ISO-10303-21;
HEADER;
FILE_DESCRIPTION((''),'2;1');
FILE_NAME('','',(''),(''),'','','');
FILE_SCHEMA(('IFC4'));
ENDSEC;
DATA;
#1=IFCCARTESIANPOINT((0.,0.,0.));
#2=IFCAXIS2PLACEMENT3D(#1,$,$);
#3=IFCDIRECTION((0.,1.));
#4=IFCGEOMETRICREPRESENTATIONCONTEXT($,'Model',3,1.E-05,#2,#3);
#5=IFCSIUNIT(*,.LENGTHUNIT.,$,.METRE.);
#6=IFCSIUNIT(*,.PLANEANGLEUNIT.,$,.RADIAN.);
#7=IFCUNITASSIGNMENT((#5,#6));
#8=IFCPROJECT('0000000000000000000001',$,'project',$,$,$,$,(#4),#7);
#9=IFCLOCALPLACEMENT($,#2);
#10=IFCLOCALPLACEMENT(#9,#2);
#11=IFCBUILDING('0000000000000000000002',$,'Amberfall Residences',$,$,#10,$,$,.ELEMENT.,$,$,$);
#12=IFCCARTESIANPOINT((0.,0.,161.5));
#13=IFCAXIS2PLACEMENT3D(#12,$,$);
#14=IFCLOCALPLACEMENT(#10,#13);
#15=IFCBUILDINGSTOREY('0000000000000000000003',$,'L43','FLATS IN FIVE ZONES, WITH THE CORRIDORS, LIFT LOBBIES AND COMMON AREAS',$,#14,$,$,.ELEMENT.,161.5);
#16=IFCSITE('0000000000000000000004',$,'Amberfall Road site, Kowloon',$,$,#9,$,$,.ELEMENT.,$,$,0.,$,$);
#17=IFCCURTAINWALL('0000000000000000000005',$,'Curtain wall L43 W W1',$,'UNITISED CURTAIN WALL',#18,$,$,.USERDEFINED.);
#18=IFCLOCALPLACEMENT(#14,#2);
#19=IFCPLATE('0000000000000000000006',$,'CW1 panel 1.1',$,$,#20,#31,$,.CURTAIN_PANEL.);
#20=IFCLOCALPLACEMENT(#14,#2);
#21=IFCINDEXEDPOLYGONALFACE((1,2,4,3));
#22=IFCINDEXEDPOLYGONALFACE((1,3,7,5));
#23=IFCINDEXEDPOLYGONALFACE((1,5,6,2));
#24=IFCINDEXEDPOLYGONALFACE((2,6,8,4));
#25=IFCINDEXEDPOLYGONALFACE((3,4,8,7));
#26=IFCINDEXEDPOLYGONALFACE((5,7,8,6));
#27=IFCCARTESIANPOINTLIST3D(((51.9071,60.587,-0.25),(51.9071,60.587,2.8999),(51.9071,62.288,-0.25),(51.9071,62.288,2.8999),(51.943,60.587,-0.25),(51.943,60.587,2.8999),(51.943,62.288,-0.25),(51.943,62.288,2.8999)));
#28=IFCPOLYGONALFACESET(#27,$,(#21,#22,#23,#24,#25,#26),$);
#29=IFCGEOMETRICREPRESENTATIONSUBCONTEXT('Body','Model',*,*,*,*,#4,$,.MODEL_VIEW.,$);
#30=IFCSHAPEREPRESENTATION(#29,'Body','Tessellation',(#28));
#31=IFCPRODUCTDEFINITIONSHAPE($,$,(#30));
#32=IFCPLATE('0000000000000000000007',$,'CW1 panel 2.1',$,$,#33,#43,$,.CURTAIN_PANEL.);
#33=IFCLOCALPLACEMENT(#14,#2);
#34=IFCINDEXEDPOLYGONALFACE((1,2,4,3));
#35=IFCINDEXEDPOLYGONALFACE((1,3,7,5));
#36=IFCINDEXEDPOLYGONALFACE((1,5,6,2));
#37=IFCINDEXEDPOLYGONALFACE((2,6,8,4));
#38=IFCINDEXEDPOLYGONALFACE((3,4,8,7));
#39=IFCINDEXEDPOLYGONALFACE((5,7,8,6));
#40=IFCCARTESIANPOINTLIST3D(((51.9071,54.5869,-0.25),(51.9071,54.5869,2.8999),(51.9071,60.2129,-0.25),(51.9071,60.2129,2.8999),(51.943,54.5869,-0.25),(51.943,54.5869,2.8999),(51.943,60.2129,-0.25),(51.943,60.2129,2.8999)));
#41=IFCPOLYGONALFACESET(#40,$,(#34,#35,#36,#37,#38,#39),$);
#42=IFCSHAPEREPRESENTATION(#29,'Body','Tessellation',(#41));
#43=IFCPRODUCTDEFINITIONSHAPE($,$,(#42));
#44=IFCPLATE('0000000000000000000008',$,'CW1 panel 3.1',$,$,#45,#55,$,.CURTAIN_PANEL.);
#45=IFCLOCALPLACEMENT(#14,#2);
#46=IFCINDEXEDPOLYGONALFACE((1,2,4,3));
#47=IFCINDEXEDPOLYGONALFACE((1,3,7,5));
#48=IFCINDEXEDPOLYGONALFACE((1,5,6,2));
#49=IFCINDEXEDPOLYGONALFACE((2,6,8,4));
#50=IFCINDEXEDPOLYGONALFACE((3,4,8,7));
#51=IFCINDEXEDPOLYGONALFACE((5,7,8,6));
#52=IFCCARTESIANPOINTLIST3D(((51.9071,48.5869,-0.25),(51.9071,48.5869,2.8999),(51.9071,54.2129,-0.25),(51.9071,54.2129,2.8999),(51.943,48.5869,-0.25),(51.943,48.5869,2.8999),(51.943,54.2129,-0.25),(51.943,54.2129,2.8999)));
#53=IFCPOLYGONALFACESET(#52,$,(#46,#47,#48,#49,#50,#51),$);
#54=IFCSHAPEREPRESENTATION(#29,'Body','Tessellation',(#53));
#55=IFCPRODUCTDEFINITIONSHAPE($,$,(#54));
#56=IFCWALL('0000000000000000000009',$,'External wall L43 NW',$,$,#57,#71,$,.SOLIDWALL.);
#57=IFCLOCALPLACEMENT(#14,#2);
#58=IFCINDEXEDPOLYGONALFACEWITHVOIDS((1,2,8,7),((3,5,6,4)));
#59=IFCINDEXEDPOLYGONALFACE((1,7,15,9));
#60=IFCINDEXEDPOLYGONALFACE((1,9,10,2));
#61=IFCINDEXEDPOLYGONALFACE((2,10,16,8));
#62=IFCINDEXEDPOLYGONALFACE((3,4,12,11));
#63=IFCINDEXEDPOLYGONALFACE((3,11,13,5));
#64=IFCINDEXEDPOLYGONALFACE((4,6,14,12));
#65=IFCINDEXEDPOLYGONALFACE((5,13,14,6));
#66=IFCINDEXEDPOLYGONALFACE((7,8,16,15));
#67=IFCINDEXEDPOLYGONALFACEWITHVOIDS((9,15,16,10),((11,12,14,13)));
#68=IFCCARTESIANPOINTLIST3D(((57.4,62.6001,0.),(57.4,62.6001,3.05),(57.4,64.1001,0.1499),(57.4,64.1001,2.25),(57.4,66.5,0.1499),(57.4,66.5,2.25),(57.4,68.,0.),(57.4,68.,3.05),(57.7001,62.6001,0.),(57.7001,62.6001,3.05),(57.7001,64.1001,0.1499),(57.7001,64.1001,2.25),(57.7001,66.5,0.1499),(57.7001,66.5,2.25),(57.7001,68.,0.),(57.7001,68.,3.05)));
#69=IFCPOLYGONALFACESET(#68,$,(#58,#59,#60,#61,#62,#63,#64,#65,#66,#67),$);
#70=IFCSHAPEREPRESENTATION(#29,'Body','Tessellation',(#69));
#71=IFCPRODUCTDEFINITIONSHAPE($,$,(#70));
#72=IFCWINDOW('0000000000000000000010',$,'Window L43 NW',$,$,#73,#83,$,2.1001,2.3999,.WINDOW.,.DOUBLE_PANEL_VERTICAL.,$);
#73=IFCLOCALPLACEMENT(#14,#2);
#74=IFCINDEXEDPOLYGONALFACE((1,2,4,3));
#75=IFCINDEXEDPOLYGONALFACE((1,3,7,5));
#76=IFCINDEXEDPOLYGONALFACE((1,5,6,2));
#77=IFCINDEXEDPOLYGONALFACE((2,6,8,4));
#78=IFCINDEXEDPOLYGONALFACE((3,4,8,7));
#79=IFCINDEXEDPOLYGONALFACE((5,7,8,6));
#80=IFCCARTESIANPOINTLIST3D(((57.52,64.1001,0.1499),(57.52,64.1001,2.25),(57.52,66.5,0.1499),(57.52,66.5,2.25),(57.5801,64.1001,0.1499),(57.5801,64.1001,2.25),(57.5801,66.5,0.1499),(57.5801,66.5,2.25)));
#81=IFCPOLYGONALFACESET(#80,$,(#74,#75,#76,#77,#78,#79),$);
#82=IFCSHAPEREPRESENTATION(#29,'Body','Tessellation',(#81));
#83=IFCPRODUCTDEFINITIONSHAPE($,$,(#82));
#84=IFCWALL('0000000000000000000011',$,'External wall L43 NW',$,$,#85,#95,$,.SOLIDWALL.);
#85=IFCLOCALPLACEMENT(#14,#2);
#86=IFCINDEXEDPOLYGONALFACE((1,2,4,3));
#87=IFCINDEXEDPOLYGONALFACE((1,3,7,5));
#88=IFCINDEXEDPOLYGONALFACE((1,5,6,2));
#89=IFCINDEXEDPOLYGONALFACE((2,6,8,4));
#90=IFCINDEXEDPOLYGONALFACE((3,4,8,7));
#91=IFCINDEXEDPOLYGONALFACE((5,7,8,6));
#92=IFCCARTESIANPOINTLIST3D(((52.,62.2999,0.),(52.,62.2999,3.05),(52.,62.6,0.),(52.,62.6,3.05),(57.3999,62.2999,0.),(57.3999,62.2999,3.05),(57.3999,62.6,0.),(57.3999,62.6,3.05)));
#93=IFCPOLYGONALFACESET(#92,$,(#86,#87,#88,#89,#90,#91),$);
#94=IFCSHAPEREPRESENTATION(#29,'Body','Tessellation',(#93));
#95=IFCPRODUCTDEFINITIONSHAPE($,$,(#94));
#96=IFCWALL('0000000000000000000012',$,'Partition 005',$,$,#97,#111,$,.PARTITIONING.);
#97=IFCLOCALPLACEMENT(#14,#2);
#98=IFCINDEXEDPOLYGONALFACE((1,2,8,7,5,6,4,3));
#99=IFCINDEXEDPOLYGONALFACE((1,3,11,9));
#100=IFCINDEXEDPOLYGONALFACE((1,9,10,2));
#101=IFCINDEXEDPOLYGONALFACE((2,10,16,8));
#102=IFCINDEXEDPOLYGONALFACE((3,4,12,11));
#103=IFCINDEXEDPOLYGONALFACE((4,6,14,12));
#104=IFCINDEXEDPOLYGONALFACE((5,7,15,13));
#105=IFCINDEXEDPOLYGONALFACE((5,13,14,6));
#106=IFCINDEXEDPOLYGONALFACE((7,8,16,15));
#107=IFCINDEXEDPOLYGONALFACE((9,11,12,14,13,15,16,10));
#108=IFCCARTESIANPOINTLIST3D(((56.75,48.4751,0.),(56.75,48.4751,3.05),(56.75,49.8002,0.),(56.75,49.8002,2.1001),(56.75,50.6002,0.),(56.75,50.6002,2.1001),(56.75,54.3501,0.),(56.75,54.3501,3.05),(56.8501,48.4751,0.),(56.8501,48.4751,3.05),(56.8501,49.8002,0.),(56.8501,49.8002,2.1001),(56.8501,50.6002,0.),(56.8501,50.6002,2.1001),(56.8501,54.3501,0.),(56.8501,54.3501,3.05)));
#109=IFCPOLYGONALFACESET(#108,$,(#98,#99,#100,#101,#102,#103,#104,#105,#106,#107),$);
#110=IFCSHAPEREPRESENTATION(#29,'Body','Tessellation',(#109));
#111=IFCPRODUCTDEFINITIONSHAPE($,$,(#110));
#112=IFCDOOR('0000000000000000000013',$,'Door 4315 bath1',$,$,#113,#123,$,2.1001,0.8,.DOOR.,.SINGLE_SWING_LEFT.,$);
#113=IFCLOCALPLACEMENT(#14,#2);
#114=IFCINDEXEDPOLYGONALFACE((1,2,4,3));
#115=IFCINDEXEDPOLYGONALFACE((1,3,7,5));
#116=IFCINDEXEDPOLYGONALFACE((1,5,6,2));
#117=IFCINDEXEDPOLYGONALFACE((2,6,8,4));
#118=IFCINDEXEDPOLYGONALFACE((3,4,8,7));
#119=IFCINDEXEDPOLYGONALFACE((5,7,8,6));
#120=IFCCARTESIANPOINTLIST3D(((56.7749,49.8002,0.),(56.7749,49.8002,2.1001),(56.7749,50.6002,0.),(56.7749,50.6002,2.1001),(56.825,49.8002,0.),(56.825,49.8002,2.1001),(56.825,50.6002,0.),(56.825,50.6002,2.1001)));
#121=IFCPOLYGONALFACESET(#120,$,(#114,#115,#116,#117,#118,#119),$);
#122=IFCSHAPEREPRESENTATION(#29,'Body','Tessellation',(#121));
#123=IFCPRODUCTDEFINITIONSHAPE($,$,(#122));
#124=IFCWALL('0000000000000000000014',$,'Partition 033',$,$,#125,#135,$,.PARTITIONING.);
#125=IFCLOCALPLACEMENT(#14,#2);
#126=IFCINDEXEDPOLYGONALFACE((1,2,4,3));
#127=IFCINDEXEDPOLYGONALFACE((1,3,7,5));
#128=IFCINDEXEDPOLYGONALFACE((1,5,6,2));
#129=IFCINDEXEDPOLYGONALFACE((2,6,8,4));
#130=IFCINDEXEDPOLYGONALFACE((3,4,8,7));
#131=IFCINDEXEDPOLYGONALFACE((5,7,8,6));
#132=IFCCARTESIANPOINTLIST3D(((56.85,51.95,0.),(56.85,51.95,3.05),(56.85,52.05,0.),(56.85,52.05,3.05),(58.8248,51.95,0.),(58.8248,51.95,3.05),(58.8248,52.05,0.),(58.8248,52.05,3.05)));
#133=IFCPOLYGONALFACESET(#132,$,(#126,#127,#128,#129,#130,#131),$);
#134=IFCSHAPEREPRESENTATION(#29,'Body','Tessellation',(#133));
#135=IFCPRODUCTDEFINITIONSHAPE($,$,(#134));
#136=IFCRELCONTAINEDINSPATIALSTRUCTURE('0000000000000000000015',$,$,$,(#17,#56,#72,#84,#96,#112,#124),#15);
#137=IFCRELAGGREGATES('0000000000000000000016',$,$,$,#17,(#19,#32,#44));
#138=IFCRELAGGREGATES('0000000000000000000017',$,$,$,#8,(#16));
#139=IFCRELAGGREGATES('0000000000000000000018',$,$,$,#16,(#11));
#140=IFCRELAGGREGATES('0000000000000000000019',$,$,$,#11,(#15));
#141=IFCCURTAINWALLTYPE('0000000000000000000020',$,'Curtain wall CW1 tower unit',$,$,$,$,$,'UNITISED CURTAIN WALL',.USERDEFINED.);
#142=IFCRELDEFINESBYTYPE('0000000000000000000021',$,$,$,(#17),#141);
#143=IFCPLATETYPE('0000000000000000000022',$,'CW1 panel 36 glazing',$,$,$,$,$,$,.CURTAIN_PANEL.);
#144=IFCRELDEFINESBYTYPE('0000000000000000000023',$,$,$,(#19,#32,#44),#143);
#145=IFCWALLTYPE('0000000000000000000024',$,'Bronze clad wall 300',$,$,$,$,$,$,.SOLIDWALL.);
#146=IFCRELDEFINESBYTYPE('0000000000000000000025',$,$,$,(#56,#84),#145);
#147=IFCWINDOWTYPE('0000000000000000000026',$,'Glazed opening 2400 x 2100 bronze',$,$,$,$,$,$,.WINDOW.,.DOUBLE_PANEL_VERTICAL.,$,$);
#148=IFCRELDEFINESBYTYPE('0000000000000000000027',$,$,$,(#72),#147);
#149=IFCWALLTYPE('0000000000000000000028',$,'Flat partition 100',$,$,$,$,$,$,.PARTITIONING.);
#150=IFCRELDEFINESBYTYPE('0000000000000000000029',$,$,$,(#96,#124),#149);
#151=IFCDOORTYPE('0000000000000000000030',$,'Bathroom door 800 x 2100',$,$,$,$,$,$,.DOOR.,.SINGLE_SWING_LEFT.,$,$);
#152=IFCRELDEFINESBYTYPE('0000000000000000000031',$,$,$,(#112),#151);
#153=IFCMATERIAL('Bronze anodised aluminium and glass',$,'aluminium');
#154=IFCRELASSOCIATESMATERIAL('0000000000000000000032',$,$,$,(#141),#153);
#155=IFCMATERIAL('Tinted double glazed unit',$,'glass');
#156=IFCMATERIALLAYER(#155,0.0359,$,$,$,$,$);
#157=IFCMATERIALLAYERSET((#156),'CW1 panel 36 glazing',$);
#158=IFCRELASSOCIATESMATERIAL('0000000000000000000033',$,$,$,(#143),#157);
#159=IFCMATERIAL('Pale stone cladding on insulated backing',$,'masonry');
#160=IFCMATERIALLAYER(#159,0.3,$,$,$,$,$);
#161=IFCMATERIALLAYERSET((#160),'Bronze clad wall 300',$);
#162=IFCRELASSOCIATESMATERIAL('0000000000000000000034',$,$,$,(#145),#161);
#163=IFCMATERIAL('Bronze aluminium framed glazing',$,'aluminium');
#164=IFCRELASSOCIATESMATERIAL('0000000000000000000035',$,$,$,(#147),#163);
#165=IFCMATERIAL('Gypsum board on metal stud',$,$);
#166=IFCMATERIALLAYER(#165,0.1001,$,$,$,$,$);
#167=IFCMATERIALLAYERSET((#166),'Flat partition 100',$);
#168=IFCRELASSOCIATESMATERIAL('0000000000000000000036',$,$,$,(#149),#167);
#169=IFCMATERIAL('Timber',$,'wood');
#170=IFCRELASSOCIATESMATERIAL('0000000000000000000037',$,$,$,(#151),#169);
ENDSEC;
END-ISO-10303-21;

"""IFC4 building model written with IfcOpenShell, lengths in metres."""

from ifc_helpers import new_model, si_unit, direction, frame, frame_2d, origin, origin_2d, place, context, subcontext, project, spatial, rectangle, extrude, material, layer, layer_set, type_object, element, fill, aggregate, save


model = new_model("IFC4")

# Units and contexts
model_context = context("Model", 3, precision=1e-05, world=origin(), true_north=direction((0.0, 1.0)))
body_context = subcontext(model_context, "Body", "Model", "MODEL_VIEW")
ifc_project = project(units=[si_unit("LENGTHUNIT", "METRE"), si_unit("PLANEANGLEUNIT", "RADIAN")], contexts=[model_context])

# Site, building, storey
site_placement = place(None, origin())
site = spatial("IfcSite", under=ifc_project, at=site_placement, Name="Amberfall Road site, Kowloon", CompositionType="ELEMENT", RefElevation=0.0)
building_placement = place(site_placement, origin())
building = spatial("IfcBuilding", under=site, at=building_placement, Name="Amberfall Residences", CompositionType="ELEMENT")
storey_placement = place(building_placement, frame((0.0, 0.0, 161.5)))
storey = spatial("IfcBuildingStorey", under=building, at=storey_placement, Name="L43", Description="FLATS IN FIVE ZONES, WITH THE CORRIDORS, LIFT LOBBIES AND COMMON AREAS", CompositionType="ELEMENT", Elevation=161.5)

# Curtain wall
ifc_material_1 = material(Name="Bronze anodised aluminium and glass", Category="aluminium")
curtain_wall_type = type_object("IfcCurtainWallType", Name="Curtain wall CW1 tower unit", ElementType="UNITISED CURTAIN WALL", PredefinedType="USERDEFINED", material=ifc_material_1)
curtain_wall_1_placement = place(storey_placement, origin())
curtain_wall_1 = element("IfcCurtainWall", 1, at=curtain_wall_1_placement, inside=storey, type_object=curtain_wall_type, Name="Curtain wall L43 W W1", ObjectType="UNITISED CURTAIN WALL", PredefinedType="USERDEFINED")

# Plates
ifc_material_2 = material(Name="Tinted double glazed unit", Category="glass")
ifc_layer_1 = layer(ifc_material_2, 0.0359)
ifc_layer_set_1 = layer_set([ifc_layer_1], Name="CW1 panel 36 glazing")
plate_type = type_object("IfcPlateType", Name="CW1 panel 36 glazing", PredefinedType="CURTAIN_PANEL", material=ifc_layer_set_1)
plate_1_placement = place(storey_placement, frame((51.925, 61.4375, -0.25), z_axis=(0.0, 0.0, 1.0), x_axis=(0.0, -1.0, 0.0)))
plate_1 = element("IfcPlate", 2, at=plate_1_placement, type_object=plate_type, Name="CW1 panel 1.1", PredefinedType="CURTAIN_PANEL", context=body_context, shape_type="SweptSolid", body=[
    extrude(rectangle(XDim=1.7009, YDim=0.0359, at=origin_2d()), origin(), (0.0, 0.0, 1.0), 3.1499),
])
plate_2_placement = place(storey_placement, frame((51.925, 57.3999, -0.25), z_axis=(0.0, 0.0, 1.0), x_axis=(0.0, -1.0, 0.0)))
plate_2 = element("IfcPlate", 3, at=plate_2_placement, type_object=plate_type, Name="CW1 panel 2.1", PredefinedType="CURTAIN_PANEL", context=body_context, shape_type="SweptSolid", body=[
    extrude(rectangle(XDim=5.626, YDim=0.0359, at=origin_2d()), origin(), (0.0, 0.0, 1.0), 3.1499),
])
plate_3_placement = place(storey_placement, frame((51.925, 51.3999, -0.25), z_axis=(0.0, 0.0, 1.0), x_axis=(0.0, -1.0, 0.0)))
plate_3 = element("IfcPlate", 4, at=plate_3_placement, type_object=plate_type, Name="CW1 panel 3.1", PredefinedType="CURTAIN_PANEL", context=body_context, shape_type="SweptSolid", body=[
    extrude(rectangle(XDim=5.626, YDim=0.0359, at=origin_2d()), origin(), (0.0, 0.0, 1.0), 3.1499),
])
aggregate(curtain_wall_1, [plate_1, plate_2, plate_3])

# Wall, opening, window
ifc_material_3 = material(Name="Pale stone cladding on insulated backing", Category="masonry")
ifc_layer_2 = layer(ifc_material_3, 0.3)
ifc_layer_set_2 = layer_set([ifc_layer_2], Name="Bronze clad wall 300")
wall_type_1 = type_object("IfcWallType", Name="Bronze clad wall 300", PredefinedType="SOLIDWALL", material=ifc_layer_set_2)
wall_1_placement = place(storey_placement, frame((57.55, 68.0, 0.0), z_axis=(0.0, 0.0, 1.0), x_axis=(0.0, -1.0, 0.0)))
wall_1 = element("IfcWall", 5, at=wall_1_placement, inside=storey, type_object=wall_type_1, Name="External wall L43 NW", PredefinedType="SOLIDWALL", context=body_context, shape_type="SweptSolid", body=[
    extrude(rectangle(XDim=5.3999, YDim=0.3, at=frame_2d((2.7, 0.0))), origin(), (0.0, 0.0, 1.0), 3.05),
])
opening_1_placement = place(wall_1_placement, frame((1.5, 0.0, 0.1499)))
opening_1 = element("IfcOpeningElement", 6, at=opening_1_placement, cuts=wall_1, PredefinedType="OPENING", context=body_context, shape_type="SweptSolid", body=[
    extrude(rectangle(XDim=2.3999, YDim=2.1001, at=frame_2d((1.2, 1.05))), frame((0.0, 0.1599, 0.0), z_axis=(0.0, -1.0, 0.0), x_axis=(1.0, 0.0, 0.0)), (0.0, 0.0, 1.0), 0.3201),
])
ifc_material_4 = material(Name="Bronze aluminium framed glazing", Category="aluminium")
window_type = type_object("IfcWindowType", Name="Glazed opening 2400 x 2100 bronze", PartitioningType="DOUBLE_PANEL_VERTICAL", PredefinedType="WINDOW", material=ifc_material_4)
window_placement = place(opening_1_placement, origin())
window = element("IfcWindow", 7, at=window_placement, inside=storey, type_object=window_type, Name="Window L43 NW", OverallHeight=2.1001, OverallWidth=2.3999, PartitioningType="DOUBLE_PANEL_VERTICAL", PredefinedType="WINDOW", context=body_context, shape_type="SweptSolid", body=[
    extrude(rectangle(XDim=2.3999, YDim=2.1001, at=frame_2d((1.2, 1.05))), frame((0.0, 0.03, 0.0), z_axis=(0.0, -1.0, 0.0), x_axis=(1.0, 0.0, 0.0)), (0.0, 0.0, 1.0), 0.0601),
])
fill(opening_1, window)

# Wall
wall_2_placement = place(storey_placement, frame((57.3999, 62.45, 0.0), z_axis=(0.0, 0.0, 1.0), x_axis=(-1.0, 0.0, 0.0)))
element("IfcWall", 8, at=wall_2_placement, inside=storey, type_object=wall_type_1, Name="External wall L43 NW", PredefinedType="SOLIDWALL", context=body_context, shape_type="SweptSolid", body=[
    extrude(rectangle(XDim=5.3999, YDim=0.3, at=frame_2d((2.7, 0.0))), origin(), (0.0, 0.0, 1.0), 3.05),
])

# Wall, opening, door
ifc_material_5 = material(Name="Gypsum board on metal stud")
ifc_layer_3 = layer(ifc_material_5, 0.1001)
ifc_layer_set_3 = layer_set([ifc_layer_3], Name="Flat partition 100")
wall_type_2 = type_object("IfcWallType", Name="Flat partition 100", PredefinedType="PARTITIONING", material=ifc_layer_set_3)
wall_3_placement = place(storey_placement, frame((56.8, 54.3501, 0.0), z_axis=(0.0, 0.0, 1.0), x_axis=(0.0, -1.0, 0.0)))
wall_3 = element("IfcWall", 9, at=wall_3_placement, inside=storey, type_object=wall_type_2, Name="Partition 005", PredefinedType="PARTITIONING", context=body_context, shape_type="SweptSolid", body=[
    extrude(rectangle(XDim=5.875, YDim=0.1001, at=frame_2d((2.9375, 0.0))), origin(), (0.0, 0.0, 1.0), 3.05),
])
opening_2_placement = place(wall_3_placement, frame((3.75, 0.0, 0.0)))
opening_2 = element("IfcOpeningElement", 10, at=opening_2_placement, cuts=wall_3, PredefinedType="OPENING", context=body_context, shape_type="SweptSolid", body=[
    extrude(rectangle(XDim=0.8, YDim=2.1001, at=frame_2d((0.3999, 1.05))), frame((0.0, 0.0601, 0.0), z_axis=(0.0, -1.0, 0.0), x_axis=(1.0, 0.0, 0.0)), (0.0, 0.0, 1.0), 0.1201),
])
ifc_material_6 = material(Name="Timber", Category="wood")
door_type = type_object("IfcDoorType", Name="Bathroom door 800 x 2100", OperationType="SINGLE_SWING_LEFT", PredefinedType="DOOR", material=ifc_material_6)
door_placement = place(opening_2_placement, origin())
door = element("IfcDoor", 11, at=door_placement, inside=storey, type_object=door_type, Name="Door 4315 bath1", OperationType="SINGLE_SWING_LEFT", OverallHeight=2.1001, OverallWidth=0.8, PredefinedType="DOOR", context=body_context, shape_type="SweptSolid", body=[
    extrude(rectangle(XDim=0.8, YDim=2.1001, at=frame_2d((0.3999, 1.05))), frame((0.0, 0.0249, 0.0), z_axis=(0.0, -1.0, 0.0), x_axis=(1.0, 0.0, 0.0)), (0.0, 0.0, 1.0), 0.05),
])
fill(opening_2, door)

# Wall
wall_4_placement = place(storey_placement, frame((56.8501, 52.0, 0.0), z_axis=(0.0, 0.0, 1.0), x_axis=(1.0, 0.0, 0.0)))
element("IfcWall", 12, at=wall_4_placement, inside=storey, type_object=wall_type_2, Name="Partition 033", PredefinedType="PARTITIONING", context=body_context, shape_type="SweptSolid", body=[
    extrude(rectangle(XDim=1.9749, YDim=0.1001, at=frame_2d((0.9873, 0.0))), origin(), (0.0, 0.0, 1.0), 3.05),
])

save(model, "model.ifc")
